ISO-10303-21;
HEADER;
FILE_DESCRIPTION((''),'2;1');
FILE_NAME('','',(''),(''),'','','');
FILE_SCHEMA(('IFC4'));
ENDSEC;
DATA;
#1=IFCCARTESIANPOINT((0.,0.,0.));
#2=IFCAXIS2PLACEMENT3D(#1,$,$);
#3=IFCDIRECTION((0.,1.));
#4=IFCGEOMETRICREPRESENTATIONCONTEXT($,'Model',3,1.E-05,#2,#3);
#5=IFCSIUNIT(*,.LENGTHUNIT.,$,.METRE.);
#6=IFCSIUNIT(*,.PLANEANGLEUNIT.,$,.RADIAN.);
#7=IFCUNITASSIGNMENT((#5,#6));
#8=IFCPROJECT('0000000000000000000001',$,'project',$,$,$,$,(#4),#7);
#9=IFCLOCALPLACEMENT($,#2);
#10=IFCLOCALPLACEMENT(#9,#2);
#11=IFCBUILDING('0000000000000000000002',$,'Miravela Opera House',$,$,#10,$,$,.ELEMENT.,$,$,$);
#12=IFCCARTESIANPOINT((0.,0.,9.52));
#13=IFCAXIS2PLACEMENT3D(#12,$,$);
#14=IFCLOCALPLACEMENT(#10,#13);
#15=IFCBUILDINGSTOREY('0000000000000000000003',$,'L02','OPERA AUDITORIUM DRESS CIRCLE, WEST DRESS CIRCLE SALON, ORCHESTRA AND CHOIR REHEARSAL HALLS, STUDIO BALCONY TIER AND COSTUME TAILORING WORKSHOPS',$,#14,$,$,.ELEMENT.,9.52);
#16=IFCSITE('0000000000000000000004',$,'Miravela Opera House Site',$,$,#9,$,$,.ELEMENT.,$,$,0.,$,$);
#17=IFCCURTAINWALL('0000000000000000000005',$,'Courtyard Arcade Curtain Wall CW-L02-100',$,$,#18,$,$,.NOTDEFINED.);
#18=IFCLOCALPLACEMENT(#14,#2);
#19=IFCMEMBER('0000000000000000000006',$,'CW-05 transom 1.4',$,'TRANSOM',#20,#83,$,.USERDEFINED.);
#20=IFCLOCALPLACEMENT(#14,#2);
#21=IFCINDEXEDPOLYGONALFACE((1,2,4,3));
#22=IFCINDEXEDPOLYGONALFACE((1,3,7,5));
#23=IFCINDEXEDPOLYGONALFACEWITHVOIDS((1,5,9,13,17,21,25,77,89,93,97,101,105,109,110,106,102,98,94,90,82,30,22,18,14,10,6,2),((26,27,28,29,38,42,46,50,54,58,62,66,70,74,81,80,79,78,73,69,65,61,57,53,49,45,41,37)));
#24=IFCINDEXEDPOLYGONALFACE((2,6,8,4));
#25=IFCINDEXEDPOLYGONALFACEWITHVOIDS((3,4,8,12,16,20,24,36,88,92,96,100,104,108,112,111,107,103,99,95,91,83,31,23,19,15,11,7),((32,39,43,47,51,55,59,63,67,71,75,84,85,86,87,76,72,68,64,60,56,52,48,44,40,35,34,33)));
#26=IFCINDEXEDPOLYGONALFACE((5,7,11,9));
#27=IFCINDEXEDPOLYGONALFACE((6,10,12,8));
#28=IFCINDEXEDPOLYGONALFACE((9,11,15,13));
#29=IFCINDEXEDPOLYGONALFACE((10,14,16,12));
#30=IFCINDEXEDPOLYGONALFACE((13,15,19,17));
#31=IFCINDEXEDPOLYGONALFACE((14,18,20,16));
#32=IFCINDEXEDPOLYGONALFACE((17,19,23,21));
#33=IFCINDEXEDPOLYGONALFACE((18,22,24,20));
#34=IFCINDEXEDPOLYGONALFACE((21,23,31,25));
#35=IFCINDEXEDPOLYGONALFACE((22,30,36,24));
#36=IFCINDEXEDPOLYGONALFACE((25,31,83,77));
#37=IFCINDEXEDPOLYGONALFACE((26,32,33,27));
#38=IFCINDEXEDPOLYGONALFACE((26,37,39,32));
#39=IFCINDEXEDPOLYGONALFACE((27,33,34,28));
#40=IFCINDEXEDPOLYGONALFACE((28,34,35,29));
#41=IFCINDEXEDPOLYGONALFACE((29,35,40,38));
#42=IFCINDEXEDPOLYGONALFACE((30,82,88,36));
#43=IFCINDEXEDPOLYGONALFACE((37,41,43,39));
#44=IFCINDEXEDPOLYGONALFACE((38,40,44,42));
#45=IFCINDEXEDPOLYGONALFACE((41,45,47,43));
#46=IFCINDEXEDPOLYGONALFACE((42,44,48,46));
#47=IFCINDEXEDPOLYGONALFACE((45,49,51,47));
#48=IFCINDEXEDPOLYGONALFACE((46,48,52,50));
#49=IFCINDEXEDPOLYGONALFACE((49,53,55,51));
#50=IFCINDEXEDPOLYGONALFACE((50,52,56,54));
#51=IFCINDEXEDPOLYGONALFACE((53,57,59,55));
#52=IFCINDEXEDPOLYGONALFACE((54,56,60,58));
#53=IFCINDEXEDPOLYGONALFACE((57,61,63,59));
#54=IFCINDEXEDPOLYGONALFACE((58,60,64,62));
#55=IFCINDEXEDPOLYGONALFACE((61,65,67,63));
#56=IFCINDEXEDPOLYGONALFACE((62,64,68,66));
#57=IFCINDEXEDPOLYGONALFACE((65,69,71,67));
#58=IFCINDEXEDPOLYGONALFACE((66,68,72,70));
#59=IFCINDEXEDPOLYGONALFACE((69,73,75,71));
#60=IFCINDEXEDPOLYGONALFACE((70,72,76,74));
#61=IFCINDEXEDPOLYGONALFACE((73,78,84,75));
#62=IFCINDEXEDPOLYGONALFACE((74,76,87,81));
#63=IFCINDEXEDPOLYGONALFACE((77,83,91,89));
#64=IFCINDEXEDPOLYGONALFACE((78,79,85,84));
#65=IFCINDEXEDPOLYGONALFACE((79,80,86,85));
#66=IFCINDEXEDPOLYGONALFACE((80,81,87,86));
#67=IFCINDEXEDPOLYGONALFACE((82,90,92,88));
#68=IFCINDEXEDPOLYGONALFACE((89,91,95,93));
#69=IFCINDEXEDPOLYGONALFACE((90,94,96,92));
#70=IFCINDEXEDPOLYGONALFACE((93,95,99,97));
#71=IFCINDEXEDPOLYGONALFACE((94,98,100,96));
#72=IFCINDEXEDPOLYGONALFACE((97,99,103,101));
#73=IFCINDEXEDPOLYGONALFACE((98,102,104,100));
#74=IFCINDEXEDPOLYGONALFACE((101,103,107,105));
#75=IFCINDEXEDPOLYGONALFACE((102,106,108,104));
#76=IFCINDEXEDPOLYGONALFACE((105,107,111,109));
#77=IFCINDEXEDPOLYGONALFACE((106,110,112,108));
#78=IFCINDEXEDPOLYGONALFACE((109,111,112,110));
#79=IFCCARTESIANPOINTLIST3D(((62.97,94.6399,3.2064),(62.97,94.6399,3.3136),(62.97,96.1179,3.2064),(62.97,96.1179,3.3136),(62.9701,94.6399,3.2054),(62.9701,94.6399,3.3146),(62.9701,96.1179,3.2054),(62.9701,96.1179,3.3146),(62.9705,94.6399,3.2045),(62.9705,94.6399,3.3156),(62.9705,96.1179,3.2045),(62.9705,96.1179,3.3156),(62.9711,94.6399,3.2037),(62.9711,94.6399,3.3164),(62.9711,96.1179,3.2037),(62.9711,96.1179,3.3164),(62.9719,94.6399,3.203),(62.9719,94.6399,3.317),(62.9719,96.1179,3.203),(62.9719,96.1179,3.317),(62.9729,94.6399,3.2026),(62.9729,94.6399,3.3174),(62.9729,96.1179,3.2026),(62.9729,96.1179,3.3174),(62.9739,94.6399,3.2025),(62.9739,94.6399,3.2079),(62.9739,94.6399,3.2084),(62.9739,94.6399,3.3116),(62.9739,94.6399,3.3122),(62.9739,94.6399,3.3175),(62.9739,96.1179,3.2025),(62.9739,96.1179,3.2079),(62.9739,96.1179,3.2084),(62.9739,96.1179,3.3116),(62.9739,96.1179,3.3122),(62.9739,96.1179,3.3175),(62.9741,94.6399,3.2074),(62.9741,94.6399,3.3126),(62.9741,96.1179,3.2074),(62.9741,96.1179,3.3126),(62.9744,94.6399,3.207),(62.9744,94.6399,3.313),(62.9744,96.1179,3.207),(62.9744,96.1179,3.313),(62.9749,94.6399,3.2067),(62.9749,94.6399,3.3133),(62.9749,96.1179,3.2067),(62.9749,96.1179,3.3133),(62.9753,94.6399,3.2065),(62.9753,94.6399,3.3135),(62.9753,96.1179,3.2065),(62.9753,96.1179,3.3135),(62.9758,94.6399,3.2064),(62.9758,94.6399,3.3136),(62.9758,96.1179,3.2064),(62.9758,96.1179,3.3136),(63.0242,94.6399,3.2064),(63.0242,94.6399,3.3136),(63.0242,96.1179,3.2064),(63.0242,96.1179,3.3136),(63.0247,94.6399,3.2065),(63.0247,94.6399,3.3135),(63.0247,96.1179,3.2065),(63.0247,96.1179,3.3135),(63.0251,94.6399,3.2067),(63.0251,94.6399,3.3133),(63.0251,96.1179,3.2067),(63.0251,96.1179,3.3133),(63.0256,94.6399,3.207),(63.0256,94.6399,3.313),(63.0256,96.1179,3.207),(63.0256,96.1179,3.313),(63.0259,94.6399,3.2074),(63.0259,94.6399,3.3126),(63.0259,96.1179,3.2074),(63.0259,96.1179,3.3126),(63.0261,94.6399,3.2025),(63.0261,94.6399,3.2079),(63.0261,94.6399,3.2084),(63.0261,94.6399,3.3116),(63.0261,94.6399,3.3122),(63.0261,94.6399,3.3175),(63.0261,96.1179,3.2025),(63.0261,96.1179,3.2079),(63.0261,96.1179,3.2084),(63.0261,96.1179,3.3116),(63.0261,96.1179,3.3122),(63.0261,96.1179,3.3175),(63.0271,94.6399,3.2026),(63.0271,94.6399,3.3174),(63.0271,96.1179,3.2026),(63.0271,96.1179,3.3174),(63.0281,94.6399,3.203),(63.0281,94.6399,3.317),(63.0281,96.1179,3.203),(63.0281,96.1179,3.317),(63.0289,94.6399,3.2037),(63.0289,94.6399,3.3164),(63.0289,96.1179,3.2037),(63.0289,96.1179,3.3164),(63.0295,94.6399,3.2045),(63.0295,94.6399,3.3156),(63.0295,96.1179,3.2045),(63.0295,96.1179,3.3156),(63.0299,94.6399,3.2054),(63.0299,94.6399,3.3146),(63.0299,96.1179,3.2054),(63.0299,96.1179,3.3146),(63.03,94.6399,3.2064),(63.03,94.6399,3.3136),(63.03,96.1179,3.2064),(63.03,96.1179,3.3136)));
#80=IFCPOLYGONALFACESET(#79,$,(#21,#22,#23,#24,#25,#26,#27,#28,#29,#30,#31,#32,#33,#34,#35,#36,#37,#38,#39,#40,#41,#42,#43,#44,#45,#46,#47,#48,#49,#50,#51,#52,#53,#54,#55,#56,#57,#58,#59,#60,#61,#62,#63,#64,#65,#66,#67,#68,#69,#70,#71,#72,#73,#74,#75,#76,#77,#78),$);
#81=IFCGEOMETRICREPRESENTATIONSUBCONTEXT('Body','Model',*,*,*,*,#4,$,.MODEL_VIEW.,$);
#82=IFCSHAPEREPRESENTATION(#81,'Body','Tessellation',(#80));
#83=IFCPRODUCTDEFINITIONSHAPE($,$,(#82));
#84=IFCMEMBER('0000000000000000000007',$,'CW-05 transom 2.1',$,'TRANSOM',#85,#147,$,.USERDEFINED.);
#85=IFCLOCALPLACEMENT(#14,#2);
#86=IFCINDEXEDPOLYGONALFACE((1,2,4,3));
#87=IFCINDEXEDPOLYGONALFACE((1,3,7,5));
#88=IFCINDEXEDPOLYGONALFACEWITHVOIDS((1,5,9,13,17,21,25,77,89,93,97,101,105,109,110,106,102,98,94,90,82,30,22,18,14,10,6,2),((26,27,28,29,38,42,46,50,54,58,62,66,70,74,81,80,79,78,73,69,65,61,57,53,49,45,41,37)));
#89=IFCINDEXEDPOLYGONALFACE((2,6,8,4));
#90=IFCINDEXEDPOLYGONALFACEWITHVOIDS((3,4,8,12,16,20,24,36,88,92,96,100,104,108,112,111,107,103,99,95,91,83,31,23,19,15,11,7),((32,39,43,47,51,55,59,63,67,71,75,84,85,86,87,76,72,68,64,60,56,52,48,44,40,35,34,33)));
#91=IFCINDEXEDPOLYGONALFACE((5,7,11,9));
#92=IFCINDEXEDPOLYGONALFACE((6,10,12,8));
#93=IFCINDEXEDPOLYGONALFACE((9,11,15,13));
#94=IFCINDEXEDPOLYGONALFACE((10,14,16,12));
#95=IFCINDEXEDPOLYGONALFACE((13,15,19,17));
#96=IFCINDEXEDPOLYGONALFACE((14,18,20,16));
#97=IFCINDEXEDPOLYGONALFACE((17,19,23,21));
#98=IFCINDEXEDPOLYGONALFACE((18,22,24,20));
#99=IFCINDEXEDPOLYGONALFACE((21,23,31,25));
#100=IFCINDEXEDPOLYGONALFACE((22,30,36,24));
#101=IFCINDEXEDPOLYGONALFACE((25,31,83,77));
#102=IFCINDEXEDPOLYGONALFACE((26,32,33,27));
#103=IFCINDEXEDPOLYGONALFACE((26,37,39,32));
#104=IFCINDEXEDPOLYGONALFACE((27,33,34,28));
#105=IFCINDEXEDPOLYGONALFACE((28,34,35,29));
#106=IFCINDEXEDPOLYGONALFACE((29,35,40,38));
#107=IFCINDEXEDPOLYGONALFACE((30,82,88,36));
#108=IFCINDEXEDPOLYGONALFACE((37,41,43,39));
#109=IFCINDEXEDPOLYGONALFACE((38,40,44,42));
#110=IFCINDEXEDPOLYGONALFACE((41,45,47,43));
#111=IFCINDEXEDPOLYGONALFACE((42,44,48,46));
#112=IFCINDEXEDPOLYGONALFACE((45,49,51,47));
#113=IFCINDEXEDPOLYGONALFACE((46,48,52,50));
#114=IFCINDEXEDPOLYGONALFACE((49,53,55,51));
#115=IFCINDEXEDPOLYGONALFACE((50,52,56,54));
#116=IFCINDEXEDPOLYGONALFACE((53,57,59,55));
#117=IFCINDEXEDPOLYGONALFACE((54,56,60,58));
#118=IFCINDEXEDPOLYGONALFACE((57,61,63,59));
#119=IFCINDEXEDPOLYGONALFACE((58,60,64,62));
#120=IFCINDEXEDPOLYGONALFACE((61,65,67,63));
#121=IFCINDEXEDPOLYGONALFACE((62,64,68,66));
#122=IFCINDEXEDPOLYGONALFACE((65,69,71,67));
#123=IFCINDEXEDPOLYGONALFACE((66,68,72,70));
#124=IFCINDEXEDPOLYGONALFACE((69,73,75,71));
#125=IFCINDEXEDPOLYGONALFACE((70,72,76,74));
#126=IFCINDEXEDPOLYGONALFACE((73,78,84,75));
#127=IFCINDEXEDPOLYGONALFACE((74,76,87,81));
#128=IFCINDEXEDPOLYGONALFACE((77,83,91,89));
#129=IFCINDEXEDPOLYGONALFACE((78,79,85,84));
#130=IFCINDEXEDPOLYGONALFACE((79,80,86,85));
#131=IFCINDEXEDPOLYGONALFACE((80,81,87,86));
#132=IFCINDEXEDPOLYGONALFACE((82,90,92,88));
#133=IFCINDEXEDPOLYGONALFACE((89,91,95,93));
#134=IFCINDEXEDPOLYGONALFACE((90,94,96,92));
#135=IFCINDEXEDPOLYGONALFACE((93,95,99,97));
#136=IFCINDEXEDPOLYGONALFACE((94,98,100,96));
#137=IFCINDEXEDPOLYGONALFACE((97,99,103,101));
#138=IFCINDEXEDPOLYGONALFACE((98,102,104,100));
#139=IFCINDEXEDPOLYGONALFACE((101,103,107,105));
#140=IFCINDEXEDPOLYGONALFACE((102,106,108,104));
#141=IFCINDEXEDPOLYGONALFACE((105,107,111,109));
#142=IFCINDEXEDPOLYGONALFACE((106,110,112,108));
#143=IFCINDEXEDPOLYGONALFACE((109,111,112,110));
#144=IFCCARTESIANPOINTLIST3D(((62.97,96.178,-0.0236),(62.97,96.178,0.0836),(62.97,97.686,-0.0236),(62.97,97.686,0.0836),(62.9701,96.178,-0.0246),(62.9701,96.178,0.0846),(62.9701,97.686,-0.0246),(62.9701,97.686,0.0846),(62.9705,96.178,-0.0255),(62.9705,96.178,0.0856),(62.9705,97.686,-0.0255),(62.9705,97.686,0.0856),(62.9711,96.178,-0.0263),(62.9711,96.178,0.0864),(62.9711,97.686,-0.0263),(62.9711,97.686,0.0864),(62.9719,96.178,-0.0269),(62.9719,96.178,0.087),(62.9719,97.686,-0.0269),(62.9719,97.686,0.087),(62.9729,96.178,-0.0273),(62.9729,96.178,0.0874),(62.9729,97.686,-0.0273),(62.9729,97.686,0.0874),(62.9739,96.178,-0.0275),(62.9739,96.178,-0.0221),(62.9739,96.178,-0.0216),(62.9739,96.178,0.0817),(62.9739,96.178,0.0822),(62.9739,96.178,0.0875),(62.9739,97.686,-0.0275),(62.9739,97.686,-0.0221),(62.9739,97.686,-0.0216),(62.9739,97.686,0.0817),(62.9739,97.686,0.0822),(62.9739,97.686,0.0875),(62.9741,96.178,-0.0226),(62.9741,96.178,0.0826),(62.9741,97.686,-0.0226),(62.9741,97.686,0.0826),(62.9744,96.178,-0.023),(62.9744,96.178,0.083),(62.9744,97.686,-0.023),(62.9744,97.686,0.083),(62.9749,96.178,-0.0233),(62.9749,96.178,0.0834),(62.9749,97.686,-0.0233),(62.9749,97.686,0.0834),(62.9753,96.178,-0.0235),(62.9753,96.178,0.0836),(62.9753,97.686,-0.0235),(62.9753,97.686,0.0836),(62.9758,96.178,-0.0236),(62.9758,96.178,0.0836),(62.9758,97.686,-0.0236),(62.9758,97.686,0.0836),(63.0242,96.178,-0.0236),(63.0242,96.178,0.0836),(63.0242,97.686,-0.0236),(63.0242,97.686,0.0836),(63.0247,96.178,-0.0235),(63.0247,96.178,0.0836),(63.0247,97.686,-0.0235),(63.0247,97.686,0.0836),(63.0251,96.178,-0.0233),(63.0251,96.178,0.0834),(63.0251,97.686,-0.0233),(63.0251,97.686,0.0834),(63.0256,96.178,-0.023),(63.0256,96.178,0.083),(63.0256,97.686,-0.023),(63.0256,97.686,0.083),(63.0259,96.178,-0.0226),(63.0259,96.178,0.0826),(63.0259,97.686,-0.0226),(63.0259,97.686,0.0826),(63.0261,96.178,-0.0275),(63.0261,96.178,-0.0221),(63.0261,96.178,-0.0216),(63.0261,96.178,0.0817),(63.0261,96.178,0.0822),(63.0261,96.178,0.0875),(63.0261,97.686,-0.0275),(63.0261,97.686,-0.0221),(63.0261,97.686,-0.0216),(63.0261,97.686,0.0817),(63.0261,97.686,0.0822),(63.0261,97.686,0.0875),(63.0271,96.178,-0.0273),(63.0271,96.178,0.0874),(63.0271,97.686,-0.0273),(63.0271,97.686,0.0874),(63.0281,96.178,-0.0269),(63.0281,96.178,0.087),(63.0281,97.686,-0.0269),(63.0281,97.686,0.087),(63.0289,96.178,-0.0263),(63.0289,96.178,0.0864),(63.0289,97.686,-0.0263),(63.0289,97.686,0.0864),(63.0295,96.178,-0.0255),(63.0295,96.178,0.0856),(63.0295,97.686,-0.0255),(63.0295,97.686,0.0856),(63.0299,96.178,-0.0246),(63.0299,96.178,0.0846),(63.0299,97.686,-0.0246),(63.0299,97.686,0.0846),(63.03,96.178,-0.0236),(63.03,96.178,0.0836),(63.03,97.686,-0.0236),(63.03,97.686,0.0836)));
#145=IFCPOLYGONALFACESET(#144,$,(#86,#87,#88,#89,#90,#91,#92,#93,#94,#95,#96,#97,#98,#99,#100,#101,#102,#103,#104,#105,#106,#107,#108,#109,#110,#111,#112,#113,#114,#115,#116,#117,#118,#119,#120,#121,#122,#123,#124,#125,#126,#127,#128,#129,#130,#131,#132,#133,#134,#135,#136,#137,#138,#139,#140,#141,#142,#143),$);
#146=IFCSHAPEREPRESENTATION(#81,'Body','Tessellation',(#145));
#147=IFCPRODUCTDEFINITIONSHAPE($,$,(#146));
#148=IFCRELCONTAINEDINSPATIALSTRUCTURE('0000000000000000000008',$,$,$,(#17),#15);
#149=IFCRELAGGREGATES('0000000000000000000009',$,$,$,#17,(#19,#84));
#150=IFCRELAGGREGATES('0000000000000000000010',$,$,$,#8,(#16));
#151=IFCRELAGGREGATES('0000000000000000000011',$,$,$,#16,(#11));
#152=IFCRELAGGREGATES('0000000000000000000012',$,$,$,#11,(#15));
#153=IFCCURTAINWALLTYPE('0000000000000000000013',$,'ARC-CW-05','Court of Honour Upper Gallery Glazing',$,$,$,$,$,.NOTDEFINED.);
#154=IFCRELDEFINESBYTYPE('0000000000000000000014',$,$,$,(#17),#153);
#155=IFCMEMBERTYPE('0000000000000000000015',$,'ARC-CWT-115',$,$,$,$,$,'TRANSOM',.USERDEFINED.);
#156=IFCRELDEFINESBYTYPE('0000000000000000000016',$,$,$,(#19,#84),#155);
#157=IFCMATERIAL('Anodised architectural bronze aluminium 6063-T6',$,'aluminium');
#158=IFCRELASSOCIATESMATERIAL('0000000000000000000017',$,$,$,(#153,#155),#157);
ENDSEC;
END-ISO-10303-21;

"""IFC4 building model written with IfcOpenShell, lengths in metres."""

from ifc_helpers import new_model, si_unit, direction, frame, origin, origin_2d, place, context, subcontext, project, spatial, hollow_rectangle, extrude, material, material_profile, profile_set, type_object, element, aggregate, save


model = new_model("IFC4")

# Units and contexts
model_context = context("Model", 3, precision=1e-05, world=origin(), true_north=direction((0.0, 1.0)))
body_context = subcontext(model_context, "Body", "Model", "MODEL_VIEW")
ifc_project = project(units=[si_unit("LENGTHUNIT", "METRE"), si_unit("PLANEANGLEUNIT", "RADIAN")], contexts=[model_context])

# Site, building, storey
site_placement = place(None, origin())
site = spatial("IfcSite", under=ifc_project, at=site_placement, Name="Miravela Opera House Site", CompositionType="ELEMENT", RefElevation=0.0)
building_placement = place(site_placement, origin())
building = spatial("IfcBuilding", under=site, at=building_placement, Name="Miravela Opera House", CompositionType="ELEMENT")
storey_placement = place(building_placement, frame((0.0, 0.0, 9.52)))
storey = spatial("IfcBuildingStorey", under=building, at=storey_placement, Name="L02", Description="OPERA AUDITORIUM DRESS CIRCLE, WEST DRESS CIRCLE SALON, ORCHESTRA AND CHOIR REHEARSAL HALLS, STUDIO BALCONY TIER AND COSTUME TAILORING WORKSHOPS", CompositionType="ELEMENT", Elevation=9.52)

# Curtain wall, members
ifc_material_1 = material(Name="Anodised architectural bronze aluminium 6063-T6", Category="aluminium")
curtain_wall_type = type_object("IfcCurtainWallType", Name="ARC-CW-05", Description="Court of Honour Upper Gallery Glazing", PredefinedType="NOTDEFINED", material=ifc_material_1)
curtain_wall_placement = place(storey_placement, origin())
curtain_wall = element("IfcCurtainWall", 1, at=curtain_wall_placement, inside=storey, type_object=curtain_wall_type, Name="Courtyard Arcade Curtain Wall CW-L02-100", PredefinedType="NOTDEFINED")
ifc_material_profile_1 = material_profile(ifc_material_1, hollow_rectangle(XDim=0.0601, YDim=0.115, WallThickness=0.0039, InnerFilletRadius=0.002, OuterFilletRadius=0.0039, at=origin_2d()), Name="CWT-60X115")
ifc_profile_set_1 = profile_set([ifc_material_profile_1])
member_type_1 = type_object("IfcMemberType", Name="ARC-CWT-115", ElementType="TRANSOM", PredefinedType="USERDEFINED", material=ifc_profile_set_1)
member_1_placement = place(storey_placement, frame((63.0, 94.6399, 3.26), z_axis=(0.0, 1.0, 0.0), x_axis=(-1.0, 0.0, 0.0)))
member_1 = element("IfcMember", 2, at=member_1_placement, type_object=member_type_1, Name="CW-05 transom 1.4", ObjectType="TRANSOM", PredefinedType="USERDEFINED", context=body_context, shape_type="SweptSolid", body=[
    extrude(hollow_rectangle(XDim=0.0601, YDim=0.115, WallThickness=0.0039, InnerFilletRadius=0.002, OuterFilletRadius=0.0039, at=origin_2d()), origin(), (0.0, 0.0, 1.0), 1.478),
])
member_2_placement = place(storey_placement, frame((63.0, 96.178, 0.03), z_axis=(0.0, 1.0, 0.0), x_axis=(-1.0, 0.0, 0.0)))
member_2 = element("IfcMember", 3, at=member_2_placement, type_object=member_type_1, Name="CW-05 transom 2.1", ObjectType="TRANSOM", PredefinedType="USERDEFINED", context=body_context, shape_type="SweptSolid", body=[
    extrude(hollow_rectangle(XDim=0.0601, YDim=0.115, WallThickness=0.0039, InnerFilletRadius=0.002, OuterFilletRadius=0.0039, at=origin_2d()), origin(), (0.0, 0.0, 1.0), 1.5081),
])

aggregate(curtain_wall, [member_1, member_2])

save(model, "model.ifc")
